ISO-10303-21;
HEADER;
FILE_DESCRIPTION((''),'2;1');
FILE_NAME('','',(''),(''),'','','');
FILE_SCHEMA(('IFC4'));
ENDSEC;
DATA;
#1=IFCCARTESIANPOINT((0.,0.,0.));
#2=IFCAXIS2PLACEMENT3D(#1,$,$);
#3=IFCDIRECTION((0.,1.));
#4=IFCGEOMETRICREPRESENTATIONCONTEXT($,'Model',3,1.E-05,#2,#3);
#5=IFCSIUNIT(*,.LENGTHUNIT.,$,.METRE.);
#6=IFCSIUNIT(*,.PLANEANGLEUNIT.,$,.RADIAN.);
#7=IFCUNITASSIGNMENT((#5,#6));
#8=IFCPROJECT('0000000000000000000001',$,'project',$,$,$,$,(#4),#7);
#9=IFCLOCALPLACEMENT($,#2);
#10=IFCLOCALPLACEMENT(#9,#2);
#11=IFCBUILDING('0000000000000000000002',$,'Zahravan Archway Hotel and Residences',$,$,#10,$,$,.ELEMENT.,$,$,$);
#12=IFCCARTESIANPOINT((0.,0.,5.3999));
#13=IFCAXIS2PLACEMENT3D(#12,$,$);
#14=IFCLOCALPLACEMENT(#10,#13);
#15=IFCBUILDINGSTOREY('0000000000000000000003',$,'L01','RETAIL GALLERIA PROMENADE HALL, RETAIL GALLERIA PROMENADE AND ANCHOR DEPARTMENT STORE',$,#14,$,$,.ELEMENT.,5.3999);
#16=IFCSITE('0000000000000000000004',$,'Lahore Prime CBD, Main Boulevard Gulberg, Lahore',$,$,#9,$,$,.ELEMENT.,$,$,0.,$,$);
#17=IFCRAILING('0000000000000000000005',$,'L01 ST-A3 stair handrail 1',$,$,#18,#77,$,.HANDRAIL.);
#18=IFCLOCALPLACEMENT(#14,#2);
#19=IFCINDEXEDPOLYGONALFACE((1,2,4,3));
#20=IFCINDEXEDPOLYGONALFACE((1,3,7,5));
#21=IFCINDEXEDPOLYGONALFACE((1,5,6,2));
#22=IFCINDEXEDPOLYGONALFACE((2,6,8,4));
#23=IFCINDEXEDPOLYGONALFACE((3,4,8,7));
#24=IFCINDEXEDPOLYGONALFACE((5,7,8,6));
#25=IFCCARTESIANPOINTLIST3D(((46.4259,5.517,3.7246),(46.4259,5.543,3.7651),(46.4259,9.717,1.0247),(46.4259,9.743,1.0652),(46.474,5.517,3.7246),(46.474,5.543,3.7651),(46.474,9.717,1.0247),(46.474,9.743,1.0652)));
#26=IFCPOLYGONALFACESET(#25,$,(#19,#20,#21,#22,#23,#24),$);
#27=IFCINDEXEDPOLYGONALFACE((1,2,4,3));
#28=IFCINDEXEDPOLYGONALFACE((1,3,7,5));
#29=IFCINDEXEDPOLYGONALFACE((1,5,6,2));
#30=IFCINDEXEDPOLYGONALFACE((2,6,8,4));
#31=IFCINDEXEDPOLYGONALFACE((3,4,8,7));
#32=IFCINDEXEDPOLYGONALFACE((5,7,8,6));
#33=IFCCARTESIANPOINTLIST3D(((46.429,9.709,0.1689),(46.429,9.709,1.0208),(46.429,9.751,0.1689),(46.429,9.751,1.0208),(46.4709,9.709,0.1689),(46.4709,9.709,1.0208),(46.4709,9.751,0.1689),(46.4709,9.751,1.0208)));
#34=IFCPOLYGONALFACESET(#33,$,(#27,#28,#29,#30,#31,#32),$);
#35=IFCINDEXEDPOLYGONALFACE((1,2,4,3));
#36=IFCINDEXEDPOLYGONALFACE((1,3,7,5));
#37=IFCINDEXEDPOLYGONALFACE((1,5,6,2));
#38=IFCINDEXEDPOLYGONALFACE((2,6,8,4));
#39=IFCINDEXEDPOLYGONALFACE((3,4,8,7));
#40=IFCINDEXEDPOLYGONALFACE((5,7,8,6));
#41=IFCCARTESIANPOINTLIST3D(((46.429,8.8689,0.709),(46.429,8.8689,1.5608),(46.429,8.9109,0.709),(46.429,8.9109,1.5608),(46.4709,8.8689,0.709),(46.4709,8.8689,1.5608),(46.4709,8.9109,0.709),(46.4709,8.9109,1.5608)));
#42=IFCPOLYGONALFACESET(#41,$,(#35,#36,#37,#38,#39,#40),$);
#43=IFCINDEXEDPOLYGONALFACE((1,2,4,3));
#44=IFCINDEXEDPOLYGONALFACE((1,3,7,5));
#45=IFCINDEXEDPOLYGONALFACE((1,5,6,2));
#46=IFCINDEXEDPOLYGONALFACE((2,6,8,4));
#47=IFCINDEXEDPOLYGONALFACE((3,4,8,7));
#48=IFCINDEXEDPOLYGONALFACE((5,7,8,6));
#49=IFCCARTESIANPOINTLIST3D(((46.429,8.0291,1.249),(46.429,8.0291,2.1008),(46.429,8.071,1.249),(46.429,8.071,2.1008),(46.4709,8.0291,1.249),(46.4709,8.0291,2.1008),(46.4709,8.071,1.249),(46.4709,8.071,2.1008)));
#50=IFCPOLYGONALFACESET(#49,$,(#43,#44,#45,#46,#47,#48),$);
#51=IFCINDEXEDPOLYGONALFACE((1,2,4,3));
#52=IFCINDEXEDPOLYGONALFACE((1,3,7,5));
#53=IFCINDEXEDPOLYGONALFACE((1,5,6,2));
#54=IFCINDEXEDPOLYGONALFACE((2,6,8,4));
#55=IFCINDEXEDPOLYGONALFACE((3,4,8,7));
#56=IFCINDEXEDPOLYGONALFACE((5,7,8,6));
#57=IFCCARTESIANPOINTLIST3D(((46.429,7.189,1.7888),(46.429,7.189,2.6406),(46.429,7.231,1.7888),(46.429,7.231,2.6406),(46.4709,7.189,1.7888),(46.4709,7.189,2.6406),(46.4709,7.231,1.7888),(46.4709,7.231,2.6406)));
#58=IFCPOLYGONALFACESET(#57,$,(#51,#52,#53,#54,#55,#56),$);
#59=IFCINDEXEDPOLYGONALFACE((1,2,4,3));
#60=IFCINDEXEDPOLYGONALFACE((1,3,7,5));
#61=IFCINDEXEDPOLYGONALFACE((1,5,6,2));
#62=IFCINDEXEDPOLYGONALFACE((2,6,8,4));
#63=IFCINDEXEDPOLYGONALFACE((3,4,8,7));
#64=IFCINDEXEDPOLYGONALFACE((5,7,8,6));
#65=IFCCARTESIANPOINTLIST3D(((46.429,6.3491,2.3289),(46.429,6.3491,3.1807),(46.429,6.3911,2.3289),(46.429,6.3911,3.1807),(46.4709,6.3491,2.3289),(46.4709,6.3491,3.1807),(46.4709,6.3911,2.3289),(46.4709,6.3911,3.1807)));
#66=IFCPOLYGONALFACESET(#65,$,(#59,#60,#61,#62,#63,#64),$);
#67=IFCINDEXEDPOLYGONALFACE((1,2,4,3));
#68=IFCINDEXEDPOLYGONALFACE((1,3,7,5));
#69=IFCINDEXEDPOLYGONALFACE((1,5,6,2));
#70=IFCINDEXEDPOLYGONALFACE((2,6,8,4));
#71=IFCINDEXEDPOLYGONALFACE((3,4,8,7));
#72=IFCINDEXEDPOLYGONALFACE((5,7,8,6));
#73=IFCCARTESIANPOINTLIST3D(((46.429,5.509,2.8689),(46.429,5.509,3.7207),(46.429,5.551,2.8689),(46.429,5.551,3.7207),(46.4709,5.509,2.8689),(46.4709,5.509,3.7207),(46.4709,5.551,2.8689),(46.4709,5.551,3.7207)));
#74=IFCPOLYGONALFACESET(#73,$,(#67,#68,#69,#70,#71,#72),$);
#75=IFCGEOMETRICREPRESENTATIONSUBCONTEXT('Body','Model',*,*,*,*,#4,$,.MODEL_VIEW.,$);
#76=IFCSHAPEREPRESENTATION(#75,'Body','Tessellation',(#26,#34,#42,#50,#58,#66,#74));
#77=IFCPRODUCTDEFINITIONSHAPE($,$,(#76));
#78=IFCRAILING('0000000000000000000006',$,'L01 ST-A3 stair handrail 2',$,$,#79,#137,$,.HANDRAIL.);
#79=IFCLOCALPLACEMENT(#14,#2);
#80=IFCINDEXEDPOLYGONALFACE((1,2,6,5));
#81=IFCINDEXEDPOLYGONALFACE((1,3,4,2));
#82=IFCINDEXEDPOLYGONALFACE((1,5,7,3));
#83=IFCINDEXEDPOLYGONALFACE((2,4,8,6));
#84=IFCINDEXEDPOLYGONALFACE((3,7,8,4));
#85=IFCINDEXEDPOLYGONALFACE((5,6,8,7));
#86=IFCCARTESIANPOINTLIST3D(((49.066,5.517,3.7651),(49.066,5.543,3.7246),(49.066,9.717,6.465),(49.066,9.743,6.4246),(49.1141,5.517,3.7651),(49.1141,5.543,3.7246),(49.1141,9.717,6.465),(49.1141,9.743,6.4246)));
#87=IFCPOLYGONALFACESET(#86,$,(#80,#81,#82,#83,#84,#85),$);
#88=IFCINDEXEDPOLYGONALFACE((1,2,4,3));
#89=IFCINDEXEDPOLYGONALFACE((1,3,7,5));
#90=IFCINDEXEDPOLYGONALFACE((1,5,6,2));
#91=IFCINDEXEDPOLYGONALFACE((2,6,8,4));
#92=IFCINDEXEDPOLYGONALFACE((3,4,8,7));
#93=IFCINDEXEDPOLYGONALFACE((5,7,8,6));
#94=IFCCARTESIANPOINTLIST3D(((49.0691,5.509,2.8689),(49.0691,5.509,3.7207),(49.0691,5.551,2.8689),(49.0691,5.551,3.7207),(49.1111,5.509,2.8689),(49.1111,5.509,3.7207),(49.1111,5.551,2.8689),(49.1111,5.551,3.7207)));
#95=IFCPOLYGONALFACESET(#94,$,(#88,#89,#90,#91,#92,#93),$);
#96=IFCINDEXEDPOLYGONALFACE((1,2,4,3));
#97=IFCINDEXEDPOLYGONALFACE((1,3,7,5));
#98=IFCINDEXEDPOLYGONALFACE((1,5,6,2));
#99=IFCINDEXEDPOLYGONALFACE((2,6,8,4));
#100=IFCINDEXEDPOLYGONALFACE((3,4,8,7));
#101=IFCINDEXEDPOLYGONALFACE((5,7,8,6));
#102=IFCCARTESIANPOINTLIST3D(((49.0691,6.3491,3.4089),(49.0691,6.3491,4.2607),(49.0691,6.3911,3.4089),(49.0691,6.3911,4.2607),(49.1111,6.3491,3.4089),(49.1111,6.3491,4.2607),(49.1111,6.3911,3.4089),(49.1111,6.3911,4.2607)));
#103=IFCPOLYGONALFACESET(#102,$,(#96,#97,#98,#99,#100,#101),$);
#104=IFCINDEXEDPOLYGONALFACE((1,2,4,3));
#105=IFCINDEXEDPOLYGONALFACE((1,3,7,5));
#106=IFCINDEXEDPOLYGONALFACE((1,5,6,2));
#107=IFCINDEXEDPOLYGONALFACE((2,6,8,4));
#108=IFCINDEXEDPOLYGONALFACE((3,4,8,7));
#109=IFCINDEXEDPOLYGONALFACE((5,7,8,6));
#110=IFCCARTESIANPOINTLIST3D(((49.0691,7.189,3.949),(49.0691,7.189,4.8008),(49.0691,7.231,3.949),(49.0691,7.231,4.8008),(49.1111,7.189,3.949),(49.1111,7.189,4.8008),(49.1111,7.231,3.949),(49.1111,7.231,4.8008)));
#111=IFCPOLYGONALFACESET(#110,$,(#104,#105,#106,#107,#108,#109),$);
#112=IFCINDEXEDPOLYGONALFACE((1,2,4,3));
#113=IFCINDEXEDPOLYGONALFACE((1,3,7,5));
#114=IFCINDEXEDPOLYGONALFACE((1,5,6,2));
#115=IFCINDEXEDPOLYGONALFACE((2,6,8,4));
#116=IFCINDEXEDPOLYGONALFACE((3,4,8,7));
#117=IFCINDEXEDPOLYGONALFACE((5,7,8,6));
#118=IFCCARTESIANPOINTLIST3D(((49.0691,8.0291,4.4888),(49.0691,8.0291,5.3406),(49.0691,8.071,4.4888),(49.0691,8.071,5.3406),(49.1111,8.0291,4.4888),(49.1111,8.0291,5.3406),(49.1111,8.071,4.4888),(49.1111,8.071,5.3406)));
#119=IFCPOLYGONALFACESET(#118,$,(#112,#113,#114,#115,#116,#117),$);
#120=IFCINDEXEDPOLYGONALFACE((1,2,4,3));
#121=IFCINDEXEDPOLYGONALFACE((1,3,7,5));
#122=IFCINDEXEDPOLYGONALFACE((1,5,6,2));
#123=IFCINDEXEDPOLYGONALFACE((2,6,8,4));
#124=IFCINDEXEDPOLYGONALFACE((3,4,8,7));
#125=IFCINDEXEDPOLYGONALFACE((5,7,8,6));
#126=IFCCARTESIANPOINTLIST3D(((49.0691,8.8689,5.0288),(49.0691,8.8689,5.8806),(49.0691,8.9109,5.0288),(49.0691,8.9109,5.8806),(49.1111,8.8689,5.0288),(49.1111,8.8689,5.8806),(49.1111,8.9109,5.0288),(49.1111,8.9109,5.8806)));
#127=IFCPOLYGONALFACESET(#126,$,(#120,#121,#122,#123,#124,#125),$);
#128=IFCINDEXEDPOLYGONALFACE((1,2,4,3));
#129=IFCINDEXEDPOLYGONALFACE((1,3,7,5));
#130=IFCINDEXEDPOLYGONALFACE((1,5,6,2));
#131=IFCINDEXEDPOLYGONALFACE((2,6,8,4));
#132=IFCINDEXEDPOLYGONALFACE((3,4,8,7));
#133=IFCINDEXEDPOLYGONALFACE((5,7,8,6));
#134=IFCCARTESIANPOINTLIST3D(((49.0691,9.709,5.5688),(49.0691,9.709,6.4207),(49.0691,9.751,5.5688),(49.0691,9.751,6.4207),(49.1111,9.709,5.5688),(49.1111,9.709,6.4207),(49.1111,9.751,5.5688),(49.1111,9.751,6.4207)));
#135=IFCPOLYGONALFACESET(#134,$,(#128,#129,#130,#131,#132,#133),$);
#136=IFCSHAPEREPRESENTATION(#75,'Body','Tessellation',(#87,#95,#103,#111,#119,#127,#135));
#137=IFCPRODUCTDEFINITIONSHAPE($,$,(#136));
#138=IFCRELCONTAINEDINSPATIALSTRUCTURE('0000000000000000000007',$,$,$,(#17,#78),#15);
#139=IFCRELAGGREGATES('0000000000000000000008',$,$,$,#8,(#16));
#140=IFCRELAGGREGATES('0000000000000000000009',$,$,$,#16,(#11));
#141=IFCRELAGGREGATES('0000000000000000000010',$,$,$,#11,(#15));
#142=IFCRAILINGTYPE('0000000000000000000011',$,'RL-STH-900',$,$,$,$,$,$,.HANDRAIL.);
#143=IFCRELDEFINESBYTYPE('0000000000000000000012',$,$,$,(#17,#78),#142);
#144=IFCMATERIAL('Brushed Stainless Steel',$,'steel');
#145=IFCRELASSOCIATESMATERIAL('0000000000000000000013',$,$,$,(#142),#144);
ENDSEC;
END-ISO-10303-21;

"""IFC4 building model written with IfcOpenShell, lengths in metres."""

from ifc_helpers import new_model, si_unit, direction, frame, origin, origin_2d, place, context, subcontext, project, spatial, rectangle, extrude, material, type_object, element, save


model = new_model("IFC4")

# Units and contexts
model_context = context("Model", 3, precision=1e-05, world=origin(), true_north=direction((0.0, 1.0)))
body_context = subcontext(model_context, "Body", "Model", "MODEL_VIEW")
ifc_project = project(units=[si_unit("LENGTHUNIT", "METRE"), si_unit("PLANEANGLEUNIT", "RADIAN")], contexts=[model_context])

# Site, building, storey
site_placement = place(None, origin())
site = spatial("IfcSite", under=ifc_project, at=site_placement, Name="Lahore Prime CBD, Main Boulevard Gulberg, Lahore", CompositionType="ELEMENT", RefElevation=0.0)
building_placement = place(site_placement, origin())
building = spatial("IfcBuilding", under=site, at=building_placement, Name="Zahravan Archway Hotel and Residences", CompositionType="ELEMENT")
storey_placement = place(building_placement, frame((0.0, 0.0, 5.3999)))
storey = spatial("IfcBuildingStorey", under=building, at=storey_placement, Name="L01", Description="RETAIL GALLERIA PROMENADE HALL, RETAIL GALLERIA PROMENADE AND ANCHOR DEPARTMENT STORE", CompositionType="ELEMENT", Elevation=5.3999)

# Railings
ifc_material_1 = material(Name="Brushed Stainless Steel", Category="steel")
railing_type_1 = type_object("IfcRailingType", Name="RL-STH-900", PredefinedType="HANDRAIL", material=ifc_material_1)
railing_1_placement = place(storey_placement, frame((46.45, 9.73, 0.1689)))
element("IfcRailing", 1, at=railing_1_placement, inside=storey, type_object=railing_type_1, Name="L01 ST-A3 stair handrail 1", PredefinedType="HANDRAIL", context=body_context, shape_type="SweptSolid", body=[
    extrude(rectangle(XDim=0.0481, YDim=0.0481, at=origin_2d()), frame((0.0, 0.0, 0.876), z_axis=(0.0, -0.84118, 0.540755), x_axis=(1.0, 0.0, 0.0)), (0.0, 0.0, 1.0), 4.9929),
    extrude(rectangle(XDim=0.042, YDim=0.042, at=origin_2d()), origin(), (0.0, 0.0, 1.0), 0.8518),
    extrude(rectangle(XDim=0.042, YDim=0.042, at=origin_2d()), frame((0.0, -0.8401, 0.54)), (0.0, 0.0, 1.0), 0.8518),
    extrude(rectangle(XDim=0.042, YDim=0.042, at=origin_2d()), frame((0.0, -1.6799, 1.0801)), (0.0, 0.0, 1.0), 0.8518),
    extrude(rectangle(XDim=0.042, YDim=0.042, at=origin_2d()), frame((0.0, -2.52, 1.6199)), (0.0, 0.0, 1.0), 0.8518),
    extrude(rectangle(XDim=0.042, YDim=0.042, at=origin_2d()), frame((0.0, -3.3599, 2.1599)), (0.0, 0.0, 1.0), 0.8518),
    extrude(rectangle(XDim=0.042, YDim=0.042, at=origin_2d()), frame((0.0, -4.2, 2.7)), (0.0, 0.0, 1.0), 0.8518),
])
railing_2_placement = place(storey_placement, frame((49.0901, 5.53, 2.8689)))
element("IfcRailing", 2, at=railing_2_placement, inside=storey, type_object=railing_type_1, Name="L01 ST-A3 stair handrail 2", PredefinedType="HANDRAIL", context=body_context, shape_type="SweptSolid", body=[
    extrude(rectangle(XDim=0.0481, YDim=0.0481, at=origin_2d()), frame((0.0, 0.0, 0.876), z_axis=(0.0, 0.84118, 0.540755), x_axis=(-1.0, 0.0, 0.0)), (0.0, 0.0, 1.0), 4.9929),
    extrude(rectangle(XDim=0.042, YDim=0.042, at=origin_2d()), origin(), (0.0, 0.0, 1.0), 0.8518),
    extrude(rectangle(XDim=0.042, YDim=0.042, at=origin_2d()), frame((0.0, 0.8401, 0.54)), (0.0, 0.0, 1.0), 0.8518),
    extrude(rectangle(XDim=0.042, YDim=0.042, at=origin_2d()), frame((0.0, 1.6799, 1.0801)), (0.0, 0.0, 1.0), 0.8518),
    extrude(rectangle(XDim=0.042, YDim=0.042, at=origin_2d()), frame((0.0, 2.52, 1.6199)), (0.0, 0.0, 1.0), 0.8518),
    extrude(rectangle(XDim=0.042, YDim=0.042, at=origin_2d()), frame((0.0, 3.3599, 2.1599)), (0.0, 0.0, 1.0), 0.8518),
    extrude(rectangle(XDim=0.042, YDim=0.042, at=origin_2d()), frame((0.0, 4.2, 2.7)), (0.0, 0.0, 1.0), 0.8518),
])

save(model, "model.ifc")
